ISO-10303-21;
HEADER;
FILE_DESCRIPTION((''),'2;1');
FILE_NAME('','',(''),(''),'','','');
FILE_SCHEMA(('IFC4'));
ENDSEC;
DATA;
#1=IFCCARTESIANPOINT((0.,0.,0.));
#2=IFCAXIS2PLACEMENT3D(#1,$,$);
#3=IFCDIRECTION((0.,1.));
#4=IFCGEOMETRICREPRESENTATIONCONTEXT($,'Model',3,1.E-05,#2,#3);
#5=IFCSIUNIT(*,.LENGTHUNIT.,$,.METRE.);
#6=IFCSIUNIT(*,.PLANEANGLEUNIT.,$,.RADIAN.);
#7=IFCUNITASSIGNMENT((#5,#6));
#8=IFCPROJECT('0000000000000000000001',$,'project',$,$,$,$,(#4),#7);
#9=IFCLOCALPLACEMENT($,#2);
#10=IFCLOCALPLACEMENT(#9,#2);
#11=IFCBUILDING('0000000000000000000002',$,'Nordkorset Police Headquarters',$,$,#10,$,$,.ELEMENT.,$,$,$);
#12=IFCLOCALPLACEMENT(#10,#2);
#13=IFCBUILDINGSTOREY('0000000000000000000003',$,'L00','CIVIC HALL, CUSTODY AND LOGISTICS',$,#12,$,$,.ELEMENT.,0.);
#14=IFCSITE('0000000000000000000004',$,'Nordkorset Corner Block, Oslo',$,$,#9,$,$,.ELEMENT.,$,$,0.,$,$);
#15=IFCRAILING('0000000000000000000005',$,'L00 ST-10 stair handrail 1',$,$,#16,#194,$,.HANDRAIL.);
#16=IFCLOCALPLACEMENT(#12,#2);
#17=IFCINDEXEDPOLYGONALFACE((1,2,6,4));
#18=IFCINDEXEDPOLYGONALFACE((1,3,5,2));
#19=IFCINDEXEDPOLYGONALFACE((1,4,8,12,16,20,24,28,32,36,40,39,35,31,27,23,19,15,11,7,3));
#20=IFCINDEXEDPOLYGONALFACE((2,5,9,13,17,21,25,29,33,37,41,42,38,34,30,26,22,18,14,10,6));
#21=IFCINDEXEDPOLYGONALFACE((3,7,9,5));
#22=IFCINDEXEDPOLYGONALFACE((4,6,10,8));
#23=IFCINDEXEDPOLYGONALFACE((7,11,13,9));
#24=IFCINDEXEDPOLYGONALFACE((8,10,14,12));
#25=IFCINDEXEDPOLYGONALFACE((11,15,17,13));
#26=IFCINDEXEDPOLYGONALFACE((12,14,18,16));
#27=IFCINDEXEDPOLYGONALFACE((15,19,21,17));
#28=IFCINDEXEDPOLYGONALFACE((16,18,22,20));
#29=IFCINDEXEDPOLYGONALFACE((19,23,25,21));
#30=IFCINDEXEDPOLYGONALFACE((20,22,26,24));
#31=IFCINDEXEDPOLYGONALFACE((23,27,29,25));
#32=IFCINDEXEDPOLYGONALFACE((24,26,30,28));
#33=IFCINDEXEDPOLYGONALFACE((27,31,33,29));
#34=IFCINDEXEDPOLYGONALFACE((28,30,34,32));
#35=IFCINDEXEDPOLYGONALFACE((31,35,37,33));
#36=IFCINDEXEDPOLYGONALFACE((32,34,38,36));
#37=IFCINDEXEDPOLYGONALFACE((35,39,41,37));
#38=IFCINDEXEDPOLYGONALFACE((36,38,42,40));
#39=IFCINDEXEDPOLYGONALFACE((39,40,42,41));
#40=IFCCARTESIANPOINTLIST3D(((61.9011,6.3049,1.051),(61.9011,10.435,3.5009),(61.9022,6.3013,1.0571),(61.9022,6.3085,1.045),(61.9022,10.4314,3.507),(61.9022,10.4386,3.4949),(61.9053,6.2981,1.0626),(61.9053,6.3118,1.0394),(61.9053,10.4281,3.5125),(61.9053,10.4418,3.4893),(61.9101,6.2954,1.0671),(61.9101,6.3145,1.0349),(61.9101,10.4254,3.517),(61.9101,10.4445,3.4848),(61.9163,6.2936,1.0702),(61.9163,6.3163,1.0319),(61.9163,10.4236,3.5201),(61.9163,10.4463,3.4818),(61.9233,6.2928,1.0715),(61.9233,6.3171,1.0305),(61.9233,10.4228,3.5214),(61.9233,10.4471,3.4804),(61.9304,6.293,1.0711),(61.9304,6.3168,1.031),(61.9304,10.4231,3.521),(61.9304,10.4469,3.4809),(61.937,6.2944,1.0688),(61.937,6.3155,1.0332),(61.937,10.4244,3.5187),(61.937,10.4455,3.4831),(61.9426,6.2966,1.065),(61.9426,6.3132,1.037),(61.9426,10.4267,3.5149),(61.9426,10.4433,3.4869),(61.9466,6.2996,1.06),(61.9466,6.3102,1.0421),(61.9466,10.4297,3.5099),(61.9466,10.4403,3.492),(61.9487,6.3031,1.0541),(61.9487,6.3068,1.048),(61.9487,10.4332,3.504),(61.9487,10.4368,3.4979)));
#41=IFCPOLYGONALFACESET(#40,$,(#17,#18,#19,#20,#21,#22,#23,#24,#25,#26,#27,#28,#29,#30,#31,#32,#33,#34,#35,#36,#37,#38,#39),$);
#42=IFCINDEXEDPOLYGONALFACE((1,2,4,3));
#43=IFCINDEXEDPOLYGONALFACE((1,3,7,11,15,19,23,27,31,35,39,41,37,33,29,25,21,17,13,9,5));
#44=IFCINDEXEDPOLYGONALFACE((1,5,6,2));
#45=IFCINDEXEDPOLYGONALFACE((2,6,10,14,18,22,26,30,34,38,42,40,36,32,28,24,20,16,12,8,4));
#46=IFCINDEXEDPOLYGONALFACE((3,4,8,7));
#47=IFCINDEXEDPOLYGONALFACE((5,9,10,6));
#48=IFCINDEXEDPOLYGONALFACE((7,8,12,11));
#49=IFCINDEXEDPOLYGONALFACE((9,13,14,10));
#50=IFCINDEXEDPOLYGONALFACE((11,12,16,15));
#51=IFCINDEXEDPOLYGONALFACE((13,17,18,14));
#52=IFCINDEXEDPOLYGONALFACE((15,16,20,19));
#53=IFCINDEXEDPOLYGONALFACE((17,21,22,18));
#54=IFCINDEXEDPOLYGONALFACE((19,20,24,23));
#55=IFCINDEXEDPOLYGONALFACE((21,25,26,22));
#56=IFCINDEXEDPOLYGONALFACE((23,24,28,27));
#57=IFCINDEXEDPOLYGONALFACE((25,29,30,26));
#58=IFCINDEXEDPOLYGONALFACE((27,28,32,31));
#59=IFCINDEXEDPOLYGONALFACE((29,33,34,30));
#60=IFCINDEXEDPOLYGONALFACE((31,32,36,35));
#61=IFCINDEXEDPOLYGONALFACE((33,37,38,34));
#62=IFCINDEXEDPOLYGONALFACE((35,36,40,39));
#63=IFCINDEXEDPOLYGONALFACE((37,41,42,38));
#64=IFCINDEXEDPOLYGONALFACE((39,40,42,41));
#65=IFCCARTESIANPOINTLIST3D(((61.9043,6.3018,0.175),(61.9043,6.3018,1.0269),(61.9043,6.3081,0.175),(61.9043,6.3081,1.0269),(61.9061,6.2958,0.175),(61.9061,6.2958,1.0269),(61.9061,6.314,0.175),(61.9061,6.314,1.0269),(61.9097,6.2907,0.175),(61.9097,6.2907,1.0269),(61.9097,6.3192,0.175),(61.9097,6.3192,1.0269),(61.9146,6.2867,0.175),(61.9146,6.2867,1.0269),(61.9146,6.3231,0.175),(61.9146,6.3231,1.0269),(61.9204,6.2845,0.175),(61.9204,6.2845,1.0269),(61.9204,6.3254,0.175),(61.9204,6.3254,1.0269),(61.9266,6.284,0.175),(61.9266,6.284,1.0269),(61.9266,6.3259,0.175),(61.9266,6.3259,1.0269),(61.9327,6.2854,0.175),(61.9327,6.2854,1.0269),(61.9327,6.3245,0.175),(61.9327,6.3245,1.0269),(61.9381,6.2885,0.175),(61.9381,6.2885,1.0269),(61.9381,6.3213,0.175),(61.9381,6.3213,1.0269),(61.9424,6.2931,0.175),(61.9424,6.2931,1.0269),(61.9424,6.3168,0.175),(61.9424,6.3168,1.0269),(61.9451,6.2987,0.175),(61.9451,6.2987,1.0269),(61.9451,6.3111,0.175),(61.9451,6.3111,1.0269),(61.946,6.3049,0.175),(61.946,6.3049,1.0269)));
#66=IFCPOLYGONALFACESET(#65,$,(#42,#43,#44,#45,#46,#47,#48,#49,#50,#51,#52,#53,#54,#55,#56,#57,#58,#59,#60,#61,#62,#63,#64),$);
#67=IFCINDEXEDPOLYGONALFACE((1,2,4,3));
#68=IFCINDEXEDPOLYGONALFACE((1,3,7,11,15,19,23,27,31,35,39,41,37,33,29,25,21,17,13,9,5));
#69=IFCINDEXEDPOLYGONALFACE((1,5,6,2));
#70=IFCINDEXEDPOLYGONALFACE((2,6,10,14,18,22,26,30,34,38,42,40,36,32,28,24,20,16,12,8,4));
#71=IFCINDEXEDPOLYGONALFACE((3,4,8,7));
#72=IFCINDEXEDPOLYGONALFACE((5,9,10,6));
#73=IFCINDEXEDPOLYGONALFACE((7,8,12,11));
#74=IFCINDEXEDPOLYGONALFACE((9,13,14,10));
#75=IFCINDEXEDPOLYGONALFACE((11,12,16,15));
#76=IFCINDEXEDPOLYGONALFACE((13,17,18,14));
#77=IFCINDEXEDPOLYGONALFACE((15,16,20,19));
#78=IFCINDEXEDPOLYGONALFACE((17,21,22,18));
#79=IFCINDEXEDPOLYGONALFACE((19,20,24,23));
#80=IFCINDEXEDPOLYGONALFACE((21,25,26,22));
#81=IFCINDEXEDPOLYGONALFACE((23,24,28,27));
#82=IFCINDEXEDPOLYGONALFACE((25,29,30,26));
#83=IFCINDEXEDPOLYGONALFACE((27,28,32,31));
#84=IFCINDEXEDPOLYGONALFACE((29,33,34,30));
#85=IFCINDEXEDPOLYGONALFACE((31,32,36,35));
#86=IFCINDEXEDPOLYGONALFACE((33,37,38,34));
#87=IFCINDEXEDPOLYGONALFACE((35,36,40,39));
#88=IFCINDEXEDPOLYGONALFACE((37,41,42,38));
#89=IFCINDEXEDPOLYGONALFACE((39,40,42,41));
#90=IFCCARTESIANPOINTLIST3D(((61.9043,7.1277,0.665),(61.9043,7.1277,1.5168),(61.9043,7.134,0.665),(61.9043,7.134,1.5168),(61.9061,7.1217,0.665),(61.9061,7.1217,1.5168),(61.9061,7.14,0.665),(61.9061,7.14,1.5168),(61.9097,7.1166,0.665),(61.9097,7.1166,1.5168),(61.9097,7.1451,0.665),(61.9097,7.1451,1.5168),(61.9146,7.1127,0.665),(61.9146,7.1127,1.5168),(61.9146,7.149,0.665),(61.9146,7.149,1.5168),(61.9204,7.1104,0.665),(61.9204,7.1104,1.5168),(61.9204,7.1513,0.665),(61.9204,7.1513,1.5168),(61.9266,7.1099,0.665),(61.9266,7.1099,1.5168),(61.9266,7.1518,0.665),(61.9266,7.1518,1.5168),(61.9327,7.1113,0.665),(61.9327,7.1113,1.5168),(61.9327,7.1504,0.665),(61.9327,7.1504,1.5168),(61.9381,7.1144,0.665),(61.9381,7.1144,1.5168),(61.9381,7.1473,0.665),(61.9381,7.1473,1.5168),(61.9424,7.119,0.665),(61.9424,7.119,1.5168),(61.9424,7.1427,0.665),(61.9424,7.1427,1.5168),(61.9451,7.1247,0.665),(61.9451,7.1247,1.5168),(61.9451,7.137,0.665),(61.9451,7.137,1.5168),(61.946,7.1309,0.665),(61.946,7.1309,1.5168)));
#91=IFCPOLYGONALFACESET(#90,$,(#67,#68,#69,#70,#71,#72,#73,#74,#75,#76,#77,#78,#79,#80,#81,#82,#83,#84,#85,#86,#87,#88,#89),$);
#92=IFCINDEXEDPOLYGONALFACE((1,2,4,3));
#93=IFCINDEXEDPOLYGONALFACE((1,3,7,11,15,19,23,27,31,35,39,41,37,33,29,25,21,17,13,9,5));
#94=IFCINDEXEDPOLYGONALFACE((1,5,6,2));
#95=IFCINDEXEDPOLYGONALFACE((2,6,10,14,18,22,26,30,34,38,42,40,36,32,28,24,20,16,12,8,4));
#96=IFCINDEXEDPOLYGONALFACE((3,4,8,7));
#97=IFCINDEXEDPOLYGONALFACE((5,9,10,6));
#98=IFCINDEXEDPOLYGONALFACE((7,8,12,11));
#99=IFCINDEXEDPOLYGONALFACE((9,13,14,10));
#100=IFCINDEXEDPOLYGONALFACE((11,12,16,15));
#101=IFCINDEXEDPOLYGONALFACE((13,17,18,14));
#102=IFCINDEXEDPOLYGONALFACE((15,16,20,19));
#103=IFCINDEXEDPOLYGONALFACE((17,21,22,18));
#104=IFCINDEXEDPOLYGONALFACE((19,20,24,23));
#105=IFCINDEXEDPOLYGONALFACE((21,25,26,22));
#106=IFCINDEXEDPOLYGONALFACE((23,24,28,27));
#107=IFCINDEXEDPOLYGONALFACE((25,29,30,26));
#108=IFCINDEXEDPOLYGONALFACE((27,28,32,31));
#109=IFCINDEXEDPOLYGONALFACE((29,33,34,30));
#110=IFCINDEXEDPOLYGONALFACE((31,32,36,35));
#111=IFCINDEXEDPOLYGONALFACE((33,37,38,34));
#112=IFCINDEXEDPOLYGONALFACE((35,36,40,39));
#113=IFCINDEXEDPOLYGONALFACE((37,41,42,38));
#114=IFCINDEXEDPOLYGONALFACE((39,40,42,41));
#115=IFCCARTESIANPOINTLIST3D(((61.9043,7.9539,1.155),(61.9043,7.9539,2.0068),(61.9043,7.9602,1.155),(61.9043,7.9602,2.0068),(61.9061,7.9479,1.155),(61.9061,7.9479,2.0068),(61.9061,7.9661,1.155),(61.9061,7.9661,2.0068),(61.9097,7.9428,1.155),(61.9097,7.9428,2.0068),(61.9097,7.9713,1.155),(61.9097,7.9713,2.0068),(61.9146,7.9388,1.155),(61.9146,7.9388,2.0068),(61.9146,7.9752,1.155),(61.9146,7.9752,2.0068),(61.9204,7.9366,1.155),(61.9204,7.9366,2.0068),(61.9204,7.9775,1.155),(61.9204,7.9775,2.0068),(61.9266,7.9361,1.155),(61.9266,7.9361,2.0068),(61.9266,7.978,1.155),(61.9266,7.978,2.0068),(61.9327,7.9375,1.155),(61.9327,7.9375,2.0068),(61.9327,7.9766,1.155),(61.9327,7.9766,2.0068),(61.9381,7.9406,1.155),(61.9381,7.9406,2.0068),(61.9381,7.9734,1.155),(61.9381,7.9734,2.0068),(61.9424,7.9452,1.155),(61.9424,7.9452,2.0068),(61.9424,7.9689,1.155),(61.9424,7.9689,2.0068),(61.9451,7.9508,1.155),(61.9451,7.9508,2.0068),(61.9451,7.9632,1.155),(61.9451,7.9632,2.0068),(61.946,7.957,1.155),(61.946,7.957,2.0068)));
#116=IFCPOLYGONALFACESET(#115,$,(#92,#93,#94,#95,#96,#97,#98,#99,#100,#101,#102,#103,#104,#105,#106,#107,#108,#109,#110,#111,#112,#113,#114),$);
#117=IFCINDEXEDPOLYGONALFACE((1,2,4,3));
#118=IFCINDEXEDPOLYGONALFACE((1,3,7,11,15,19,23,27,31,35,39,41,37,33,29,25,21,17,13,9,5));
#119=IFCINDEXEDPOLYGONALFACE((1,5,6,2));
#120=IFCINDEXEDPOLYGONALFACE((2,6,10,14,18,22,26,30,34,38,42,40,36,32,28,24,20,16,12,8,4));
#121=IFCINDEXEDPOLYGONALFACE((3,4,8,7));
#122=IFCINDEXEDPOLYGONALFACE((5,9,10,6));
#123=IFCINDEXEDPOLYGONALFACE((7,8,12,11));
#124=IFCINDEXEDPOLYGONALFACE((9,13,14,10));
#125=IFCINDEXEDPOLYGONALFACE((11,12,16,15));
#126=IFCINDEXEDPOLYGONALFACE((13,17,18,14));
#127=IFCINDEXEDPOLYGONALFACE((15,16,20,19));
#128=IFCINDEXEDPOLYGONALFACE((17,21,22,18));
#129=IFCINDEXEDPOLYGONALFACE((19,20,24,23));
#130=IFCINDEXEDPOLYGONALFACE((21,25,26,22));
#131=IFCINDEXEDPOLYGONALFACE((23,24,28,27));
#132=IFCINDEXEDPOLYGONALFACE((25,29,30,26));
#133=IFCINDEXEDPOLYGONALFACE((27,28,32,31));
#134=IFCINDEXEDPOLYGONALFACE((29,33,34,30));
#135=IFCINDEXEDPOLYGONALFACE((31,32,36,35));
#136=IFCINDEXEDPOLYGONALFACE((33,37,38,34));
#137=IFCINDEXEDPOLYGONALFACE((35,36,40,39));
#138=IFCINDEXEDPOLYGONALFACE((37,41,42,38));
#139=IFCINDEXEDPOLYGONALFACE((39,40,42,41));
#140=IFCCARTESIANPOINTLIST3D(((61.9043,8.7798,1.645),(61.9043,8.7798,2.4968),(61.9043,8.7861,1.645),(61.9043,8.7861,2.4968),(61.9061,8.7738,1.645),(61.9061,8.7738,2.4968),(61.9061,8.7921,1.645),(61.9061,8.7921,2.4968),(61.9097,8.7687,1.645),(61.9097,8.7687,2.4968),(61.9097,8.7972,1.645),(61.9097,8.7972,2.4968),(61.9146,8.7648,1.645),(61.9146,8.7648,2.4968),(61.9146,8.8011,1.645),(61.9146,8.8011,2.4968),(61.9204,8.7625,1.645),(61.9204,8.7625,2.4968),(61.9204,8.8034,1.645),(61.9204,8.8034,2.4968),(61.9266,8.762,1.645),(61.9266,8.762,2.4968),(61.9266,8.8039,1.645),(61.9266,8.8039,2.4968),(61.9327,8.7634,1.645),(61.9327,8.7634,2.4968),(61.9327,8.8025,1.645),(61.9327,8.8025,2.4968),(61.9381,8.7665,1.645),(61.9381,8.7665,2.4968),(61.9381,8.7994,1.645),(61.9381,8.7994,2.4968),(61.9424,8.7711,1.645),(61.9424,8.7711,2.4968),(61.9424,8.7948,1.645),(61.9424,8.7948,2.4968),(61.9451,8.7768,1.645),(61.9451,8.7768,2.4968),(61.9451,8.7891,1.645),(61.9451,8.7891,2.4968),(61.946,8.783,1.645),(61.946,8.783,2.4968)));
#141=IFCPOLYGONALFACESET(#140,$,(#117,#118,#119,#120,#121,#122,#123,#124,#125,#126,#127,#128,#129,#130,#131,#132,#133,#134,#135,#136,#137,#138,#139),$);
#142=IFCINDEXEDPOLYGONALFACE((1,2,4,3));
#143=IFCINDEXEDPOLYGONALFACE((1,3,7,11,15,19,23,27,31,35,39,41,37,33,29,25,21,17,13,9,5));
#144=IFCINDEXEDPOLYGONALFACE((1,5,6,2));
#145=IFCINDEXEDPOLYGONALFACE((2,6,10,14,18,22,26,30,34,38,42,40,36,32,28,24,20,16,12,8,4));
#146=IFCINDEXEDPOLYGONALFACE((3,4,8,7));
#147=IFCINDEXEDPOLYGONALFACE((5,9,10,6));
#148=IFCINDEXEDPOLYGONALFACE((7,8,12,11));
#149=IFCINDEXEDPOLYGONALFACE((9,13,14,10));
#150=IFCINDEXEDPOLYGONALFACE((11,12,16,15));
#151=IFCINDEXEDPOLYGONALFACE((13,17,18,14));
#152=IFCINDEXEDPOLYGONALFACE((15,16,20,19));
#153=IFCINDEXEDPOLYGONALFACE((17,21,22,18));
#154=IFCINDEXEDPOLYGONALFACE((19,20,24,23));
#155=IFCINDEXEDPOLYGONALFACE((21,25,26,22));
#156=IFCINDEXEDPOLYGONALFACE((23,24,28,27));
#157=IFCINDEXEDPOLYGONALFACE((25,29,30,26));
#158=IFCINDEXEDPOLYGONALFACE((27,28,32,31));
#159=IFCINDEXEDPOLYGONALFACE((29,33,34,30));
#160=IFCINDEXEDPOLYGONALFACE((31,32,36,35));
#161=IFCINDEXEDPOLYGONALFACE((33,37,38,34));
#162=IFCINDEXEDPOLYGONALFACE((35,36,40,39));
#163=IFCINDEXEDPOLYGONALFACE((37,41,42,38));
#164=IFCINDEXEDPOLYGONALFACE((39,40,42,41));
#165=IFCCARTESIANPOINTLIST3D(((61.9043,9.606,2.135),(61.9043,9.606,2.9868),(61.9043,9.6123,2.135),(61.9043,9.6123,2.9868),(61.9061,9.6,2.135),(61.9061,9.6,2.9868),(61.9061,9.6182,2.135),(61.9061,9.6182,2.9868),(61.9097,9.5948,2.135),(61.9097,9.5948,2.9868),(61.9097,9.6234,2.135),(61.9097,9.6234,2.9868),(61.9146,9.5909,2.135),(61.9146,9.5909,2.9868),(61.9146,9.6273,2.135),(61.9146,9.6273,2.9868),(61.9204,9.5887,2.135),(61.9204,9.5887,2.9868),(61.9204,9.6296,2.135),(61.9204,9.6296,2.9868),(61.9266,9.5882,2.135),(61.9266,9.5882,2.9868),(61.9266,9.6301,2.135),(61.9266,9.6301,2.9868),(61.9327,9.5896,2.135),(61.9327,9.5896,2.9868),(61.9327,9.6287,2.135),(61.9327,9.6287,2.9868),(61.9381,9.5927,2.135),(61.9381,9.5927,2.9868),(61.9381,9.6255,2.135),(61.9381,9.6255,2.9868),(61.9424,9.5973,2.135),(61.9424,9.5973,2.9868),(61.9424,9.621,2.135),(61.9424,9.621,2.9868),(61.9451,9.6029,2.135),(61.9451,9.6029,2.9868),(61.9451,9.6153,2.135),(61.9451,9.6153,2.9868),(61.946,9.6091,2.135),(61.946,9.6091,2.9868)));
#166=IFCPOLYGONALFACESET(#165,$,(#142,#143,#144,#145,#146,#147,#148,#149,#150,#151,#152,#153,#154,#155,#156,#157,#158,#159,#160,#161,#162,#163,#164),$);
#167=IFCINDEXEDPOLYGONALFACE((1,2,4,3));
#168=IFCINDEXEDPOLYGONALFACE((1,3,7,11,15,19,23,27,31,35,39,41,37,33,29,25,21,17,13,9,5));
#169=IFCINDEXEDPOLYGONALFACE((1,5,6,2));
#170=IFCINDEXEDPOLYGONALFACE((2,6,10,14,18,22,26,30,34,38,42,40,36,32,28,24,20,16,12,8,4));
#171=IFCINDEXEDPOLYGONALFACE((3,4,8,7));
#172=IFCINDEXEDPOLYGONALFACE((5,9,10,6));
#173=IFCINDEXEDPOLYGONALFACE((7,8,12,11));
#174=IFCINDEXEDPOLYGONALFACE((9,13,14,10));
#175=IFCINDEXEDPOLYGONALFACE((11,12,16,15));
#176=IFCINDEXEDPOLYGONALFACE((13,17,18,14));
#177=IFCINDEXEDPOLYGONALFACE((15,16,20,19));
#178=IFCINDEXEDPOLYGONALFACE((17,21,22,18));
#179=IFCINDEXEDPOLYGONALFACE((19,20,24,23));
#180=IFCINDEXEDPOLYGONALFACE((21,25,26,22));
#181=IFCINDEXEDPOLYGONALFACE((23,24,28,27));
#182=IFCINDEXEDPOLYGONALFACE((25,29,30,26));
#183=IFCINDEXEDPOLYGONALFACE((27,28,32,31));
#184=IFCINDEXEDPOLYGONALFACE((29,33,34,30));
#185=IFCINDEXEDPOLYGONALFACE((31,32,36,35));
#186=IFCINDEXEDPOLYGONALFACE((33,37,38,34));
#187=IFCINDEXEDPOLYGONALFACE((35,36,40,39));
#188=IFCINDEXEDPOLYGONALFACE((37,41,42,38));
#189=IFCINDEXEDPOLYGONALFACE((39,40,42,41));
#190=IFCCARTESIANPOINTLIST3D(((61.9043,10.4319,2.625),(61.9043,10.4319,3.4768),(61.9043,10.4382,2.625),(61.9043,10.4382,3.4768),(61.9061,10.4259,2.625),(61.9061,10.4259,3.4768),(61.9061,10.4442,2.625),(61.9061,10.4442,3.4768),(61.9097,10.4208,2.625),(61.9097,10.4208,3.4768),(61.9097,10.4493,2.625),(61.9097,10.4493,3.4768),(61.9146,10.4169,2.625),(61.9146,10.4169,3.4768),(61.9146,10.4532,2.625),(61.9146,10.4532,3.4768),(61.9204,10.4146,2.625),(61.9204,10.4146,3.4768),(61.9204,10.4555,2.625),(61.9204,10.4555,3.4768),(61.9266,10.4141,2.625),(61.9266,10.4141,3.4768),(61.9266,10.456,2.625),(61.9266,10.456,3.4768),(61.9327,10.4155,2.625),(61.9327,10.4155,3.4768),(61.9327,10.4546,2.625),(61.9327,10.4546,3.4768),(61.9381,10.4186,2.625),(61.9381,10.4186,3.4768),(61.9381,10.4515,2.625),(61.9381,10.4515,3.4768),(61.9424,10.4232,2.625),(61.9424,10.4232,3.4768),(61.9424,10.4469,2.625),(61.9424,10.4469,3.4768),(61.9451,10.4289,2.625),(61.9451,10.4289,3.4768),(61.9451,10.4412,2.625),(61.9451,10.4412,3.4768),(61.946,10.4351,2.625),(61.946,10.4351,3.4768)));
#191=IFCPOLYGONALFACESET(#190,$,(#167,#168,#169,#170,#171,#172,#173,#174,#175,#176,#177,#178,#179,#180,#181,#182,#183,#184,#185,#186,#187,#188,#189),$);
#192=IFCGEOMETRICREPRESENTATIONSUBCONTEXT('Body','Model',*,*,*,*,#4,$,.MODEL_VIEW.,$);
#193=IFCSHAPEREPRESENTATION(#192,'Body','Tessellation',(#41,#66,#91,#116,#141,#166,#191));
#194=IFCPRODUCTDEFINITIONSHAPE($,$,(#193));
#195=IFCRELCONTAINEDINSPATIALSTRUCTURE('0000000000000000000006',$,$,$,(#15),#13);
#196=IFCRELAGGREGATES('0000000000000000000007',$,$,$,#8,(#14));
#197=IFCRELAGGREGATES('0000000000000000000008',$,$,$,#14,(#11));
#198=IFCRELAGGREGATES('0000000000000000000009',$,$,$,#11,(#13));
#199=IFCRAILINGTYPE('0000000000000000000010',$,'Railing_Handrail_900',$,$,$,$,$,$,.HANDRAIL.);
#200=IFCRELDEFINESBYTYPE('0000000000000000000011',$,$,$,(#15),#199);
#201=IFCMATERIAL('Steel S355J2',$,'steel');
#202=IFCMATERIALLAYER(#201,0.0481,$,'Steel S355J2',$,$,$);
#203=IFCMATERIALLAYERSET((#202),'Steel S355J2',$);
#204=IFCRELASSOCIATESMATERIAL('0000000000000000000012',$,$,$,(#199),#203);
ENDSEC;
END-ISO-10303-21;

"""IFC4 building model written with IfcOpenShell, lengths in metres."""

from ifc_helpers import new_model, si_unit, direction, frame, origin, origin_2d, place, context, subcontext, project, spatial, circle, extrude, material, layer, layer_set, type_object, element, save


model = new_model("IFC4")

# Units and contexts
model_context = context("Model", 3, precision=1e-05, world=origin(), true_north=direction((0.0, 1.0)))
body_context = subcontext(model_context, "Body", "Model", "MODEL_VIEW")
ifc_project = project(units=[si_unit("LENGTHUNIT", "METRE"), si_unit("PLANEANGLEUNIT", "RADIAN")], contexts=[model_context])

# Site, building, storey
site_placement = place(None, origin())
site = spatial("IfcSite", under=ifc_project, at=site_placement, Name="Nordkorset Corner Block, Oslo", CompositionType="ELEMENT", RefElevation=0.0)
building_placement = place(site_placement, origin())
building = spatial("IfcBuilding", under=site, at=building_placement, Name="Nordkorset Police Headquarters", CompositionType="ELEMENT")
storey_placement = place(building_placement, origin())
storey = spatial("IfcBuildingStorey", under=building, at=storey_placement, Name="L00", Description="CIVIC HALL, CUSTODY AND LOGISTICS", CompositionType="ELEMENT", Elevation=0.0)

# Railing
ifc_material_1 = material(Name="Steel S355J2", Category="steel")
ifc_layer_1 = layer(ifc_material_1, 0.0481, Name="Steel S355J2")
ifc_layer_set_1 = layer_set([ifc_layer_1], Name="Steel S355J2")
railing_type_1 = type_object("IfcRailingType", Name="Railing_Handrail_900", PredefinedType="HANDRAIL", material=ifc_layer_set_1)
railing_1_placement = place(storey_placement, frame((61.925, 6.3049, 0.175)))
element("IfcRailing", 1, at=railing_1_placement, inside=storey, type_object=railing_type_1, Name="L00 ST-10 stair handrail 1", PredefinedType="HANDRAIL", context=body_context, shape_type="SweptSolid", body=[
    extrude(circle(Radius=0.0239, at=origin_2d()), frame((0.0, 0.0, 0.876), z_axis=(0.0, 0.860066, 0.510183), x_axis=(-1.0, 0.0, 0.0)), (0.0, 0.0, 1.0), 4.802),
    extrude(circle(Radius=0.021, at=origin_2d()), origin(), (0.0, 0.0, 1.0), 0.8518),
    extrude(circle(Radius=0.021, at=origin_2d()), frame((0.0, 0.8259, 0.49)), (0.0, 0.0, 1.0), 0.8518),
    extrude(circle(Radius=0.021, at=origin_2d()), frame((0.0, 1.6521, 0.98)), (0.0, 0.0, 1.0), 0.8518),
    extrude(circle(Radius=0.021, at=origin_2d()), frame((0.0, 2.478, 1.47)), (0.0, 0.0, 1.0), 0.8518),
    extrude(circle(Radius=0.021, at=origin_2d()), frame((0.0, 3.3042, 1.96)), (0.0, 0.0, 1.0), 0.8518),
    extrude(circle(Radius=0.021, at=origin_2d()), frame((0.0, 4.1301, 2.45)), (0.0, 0.0, 1.0), 0.8518),
])

save(model, "model.ifc")
